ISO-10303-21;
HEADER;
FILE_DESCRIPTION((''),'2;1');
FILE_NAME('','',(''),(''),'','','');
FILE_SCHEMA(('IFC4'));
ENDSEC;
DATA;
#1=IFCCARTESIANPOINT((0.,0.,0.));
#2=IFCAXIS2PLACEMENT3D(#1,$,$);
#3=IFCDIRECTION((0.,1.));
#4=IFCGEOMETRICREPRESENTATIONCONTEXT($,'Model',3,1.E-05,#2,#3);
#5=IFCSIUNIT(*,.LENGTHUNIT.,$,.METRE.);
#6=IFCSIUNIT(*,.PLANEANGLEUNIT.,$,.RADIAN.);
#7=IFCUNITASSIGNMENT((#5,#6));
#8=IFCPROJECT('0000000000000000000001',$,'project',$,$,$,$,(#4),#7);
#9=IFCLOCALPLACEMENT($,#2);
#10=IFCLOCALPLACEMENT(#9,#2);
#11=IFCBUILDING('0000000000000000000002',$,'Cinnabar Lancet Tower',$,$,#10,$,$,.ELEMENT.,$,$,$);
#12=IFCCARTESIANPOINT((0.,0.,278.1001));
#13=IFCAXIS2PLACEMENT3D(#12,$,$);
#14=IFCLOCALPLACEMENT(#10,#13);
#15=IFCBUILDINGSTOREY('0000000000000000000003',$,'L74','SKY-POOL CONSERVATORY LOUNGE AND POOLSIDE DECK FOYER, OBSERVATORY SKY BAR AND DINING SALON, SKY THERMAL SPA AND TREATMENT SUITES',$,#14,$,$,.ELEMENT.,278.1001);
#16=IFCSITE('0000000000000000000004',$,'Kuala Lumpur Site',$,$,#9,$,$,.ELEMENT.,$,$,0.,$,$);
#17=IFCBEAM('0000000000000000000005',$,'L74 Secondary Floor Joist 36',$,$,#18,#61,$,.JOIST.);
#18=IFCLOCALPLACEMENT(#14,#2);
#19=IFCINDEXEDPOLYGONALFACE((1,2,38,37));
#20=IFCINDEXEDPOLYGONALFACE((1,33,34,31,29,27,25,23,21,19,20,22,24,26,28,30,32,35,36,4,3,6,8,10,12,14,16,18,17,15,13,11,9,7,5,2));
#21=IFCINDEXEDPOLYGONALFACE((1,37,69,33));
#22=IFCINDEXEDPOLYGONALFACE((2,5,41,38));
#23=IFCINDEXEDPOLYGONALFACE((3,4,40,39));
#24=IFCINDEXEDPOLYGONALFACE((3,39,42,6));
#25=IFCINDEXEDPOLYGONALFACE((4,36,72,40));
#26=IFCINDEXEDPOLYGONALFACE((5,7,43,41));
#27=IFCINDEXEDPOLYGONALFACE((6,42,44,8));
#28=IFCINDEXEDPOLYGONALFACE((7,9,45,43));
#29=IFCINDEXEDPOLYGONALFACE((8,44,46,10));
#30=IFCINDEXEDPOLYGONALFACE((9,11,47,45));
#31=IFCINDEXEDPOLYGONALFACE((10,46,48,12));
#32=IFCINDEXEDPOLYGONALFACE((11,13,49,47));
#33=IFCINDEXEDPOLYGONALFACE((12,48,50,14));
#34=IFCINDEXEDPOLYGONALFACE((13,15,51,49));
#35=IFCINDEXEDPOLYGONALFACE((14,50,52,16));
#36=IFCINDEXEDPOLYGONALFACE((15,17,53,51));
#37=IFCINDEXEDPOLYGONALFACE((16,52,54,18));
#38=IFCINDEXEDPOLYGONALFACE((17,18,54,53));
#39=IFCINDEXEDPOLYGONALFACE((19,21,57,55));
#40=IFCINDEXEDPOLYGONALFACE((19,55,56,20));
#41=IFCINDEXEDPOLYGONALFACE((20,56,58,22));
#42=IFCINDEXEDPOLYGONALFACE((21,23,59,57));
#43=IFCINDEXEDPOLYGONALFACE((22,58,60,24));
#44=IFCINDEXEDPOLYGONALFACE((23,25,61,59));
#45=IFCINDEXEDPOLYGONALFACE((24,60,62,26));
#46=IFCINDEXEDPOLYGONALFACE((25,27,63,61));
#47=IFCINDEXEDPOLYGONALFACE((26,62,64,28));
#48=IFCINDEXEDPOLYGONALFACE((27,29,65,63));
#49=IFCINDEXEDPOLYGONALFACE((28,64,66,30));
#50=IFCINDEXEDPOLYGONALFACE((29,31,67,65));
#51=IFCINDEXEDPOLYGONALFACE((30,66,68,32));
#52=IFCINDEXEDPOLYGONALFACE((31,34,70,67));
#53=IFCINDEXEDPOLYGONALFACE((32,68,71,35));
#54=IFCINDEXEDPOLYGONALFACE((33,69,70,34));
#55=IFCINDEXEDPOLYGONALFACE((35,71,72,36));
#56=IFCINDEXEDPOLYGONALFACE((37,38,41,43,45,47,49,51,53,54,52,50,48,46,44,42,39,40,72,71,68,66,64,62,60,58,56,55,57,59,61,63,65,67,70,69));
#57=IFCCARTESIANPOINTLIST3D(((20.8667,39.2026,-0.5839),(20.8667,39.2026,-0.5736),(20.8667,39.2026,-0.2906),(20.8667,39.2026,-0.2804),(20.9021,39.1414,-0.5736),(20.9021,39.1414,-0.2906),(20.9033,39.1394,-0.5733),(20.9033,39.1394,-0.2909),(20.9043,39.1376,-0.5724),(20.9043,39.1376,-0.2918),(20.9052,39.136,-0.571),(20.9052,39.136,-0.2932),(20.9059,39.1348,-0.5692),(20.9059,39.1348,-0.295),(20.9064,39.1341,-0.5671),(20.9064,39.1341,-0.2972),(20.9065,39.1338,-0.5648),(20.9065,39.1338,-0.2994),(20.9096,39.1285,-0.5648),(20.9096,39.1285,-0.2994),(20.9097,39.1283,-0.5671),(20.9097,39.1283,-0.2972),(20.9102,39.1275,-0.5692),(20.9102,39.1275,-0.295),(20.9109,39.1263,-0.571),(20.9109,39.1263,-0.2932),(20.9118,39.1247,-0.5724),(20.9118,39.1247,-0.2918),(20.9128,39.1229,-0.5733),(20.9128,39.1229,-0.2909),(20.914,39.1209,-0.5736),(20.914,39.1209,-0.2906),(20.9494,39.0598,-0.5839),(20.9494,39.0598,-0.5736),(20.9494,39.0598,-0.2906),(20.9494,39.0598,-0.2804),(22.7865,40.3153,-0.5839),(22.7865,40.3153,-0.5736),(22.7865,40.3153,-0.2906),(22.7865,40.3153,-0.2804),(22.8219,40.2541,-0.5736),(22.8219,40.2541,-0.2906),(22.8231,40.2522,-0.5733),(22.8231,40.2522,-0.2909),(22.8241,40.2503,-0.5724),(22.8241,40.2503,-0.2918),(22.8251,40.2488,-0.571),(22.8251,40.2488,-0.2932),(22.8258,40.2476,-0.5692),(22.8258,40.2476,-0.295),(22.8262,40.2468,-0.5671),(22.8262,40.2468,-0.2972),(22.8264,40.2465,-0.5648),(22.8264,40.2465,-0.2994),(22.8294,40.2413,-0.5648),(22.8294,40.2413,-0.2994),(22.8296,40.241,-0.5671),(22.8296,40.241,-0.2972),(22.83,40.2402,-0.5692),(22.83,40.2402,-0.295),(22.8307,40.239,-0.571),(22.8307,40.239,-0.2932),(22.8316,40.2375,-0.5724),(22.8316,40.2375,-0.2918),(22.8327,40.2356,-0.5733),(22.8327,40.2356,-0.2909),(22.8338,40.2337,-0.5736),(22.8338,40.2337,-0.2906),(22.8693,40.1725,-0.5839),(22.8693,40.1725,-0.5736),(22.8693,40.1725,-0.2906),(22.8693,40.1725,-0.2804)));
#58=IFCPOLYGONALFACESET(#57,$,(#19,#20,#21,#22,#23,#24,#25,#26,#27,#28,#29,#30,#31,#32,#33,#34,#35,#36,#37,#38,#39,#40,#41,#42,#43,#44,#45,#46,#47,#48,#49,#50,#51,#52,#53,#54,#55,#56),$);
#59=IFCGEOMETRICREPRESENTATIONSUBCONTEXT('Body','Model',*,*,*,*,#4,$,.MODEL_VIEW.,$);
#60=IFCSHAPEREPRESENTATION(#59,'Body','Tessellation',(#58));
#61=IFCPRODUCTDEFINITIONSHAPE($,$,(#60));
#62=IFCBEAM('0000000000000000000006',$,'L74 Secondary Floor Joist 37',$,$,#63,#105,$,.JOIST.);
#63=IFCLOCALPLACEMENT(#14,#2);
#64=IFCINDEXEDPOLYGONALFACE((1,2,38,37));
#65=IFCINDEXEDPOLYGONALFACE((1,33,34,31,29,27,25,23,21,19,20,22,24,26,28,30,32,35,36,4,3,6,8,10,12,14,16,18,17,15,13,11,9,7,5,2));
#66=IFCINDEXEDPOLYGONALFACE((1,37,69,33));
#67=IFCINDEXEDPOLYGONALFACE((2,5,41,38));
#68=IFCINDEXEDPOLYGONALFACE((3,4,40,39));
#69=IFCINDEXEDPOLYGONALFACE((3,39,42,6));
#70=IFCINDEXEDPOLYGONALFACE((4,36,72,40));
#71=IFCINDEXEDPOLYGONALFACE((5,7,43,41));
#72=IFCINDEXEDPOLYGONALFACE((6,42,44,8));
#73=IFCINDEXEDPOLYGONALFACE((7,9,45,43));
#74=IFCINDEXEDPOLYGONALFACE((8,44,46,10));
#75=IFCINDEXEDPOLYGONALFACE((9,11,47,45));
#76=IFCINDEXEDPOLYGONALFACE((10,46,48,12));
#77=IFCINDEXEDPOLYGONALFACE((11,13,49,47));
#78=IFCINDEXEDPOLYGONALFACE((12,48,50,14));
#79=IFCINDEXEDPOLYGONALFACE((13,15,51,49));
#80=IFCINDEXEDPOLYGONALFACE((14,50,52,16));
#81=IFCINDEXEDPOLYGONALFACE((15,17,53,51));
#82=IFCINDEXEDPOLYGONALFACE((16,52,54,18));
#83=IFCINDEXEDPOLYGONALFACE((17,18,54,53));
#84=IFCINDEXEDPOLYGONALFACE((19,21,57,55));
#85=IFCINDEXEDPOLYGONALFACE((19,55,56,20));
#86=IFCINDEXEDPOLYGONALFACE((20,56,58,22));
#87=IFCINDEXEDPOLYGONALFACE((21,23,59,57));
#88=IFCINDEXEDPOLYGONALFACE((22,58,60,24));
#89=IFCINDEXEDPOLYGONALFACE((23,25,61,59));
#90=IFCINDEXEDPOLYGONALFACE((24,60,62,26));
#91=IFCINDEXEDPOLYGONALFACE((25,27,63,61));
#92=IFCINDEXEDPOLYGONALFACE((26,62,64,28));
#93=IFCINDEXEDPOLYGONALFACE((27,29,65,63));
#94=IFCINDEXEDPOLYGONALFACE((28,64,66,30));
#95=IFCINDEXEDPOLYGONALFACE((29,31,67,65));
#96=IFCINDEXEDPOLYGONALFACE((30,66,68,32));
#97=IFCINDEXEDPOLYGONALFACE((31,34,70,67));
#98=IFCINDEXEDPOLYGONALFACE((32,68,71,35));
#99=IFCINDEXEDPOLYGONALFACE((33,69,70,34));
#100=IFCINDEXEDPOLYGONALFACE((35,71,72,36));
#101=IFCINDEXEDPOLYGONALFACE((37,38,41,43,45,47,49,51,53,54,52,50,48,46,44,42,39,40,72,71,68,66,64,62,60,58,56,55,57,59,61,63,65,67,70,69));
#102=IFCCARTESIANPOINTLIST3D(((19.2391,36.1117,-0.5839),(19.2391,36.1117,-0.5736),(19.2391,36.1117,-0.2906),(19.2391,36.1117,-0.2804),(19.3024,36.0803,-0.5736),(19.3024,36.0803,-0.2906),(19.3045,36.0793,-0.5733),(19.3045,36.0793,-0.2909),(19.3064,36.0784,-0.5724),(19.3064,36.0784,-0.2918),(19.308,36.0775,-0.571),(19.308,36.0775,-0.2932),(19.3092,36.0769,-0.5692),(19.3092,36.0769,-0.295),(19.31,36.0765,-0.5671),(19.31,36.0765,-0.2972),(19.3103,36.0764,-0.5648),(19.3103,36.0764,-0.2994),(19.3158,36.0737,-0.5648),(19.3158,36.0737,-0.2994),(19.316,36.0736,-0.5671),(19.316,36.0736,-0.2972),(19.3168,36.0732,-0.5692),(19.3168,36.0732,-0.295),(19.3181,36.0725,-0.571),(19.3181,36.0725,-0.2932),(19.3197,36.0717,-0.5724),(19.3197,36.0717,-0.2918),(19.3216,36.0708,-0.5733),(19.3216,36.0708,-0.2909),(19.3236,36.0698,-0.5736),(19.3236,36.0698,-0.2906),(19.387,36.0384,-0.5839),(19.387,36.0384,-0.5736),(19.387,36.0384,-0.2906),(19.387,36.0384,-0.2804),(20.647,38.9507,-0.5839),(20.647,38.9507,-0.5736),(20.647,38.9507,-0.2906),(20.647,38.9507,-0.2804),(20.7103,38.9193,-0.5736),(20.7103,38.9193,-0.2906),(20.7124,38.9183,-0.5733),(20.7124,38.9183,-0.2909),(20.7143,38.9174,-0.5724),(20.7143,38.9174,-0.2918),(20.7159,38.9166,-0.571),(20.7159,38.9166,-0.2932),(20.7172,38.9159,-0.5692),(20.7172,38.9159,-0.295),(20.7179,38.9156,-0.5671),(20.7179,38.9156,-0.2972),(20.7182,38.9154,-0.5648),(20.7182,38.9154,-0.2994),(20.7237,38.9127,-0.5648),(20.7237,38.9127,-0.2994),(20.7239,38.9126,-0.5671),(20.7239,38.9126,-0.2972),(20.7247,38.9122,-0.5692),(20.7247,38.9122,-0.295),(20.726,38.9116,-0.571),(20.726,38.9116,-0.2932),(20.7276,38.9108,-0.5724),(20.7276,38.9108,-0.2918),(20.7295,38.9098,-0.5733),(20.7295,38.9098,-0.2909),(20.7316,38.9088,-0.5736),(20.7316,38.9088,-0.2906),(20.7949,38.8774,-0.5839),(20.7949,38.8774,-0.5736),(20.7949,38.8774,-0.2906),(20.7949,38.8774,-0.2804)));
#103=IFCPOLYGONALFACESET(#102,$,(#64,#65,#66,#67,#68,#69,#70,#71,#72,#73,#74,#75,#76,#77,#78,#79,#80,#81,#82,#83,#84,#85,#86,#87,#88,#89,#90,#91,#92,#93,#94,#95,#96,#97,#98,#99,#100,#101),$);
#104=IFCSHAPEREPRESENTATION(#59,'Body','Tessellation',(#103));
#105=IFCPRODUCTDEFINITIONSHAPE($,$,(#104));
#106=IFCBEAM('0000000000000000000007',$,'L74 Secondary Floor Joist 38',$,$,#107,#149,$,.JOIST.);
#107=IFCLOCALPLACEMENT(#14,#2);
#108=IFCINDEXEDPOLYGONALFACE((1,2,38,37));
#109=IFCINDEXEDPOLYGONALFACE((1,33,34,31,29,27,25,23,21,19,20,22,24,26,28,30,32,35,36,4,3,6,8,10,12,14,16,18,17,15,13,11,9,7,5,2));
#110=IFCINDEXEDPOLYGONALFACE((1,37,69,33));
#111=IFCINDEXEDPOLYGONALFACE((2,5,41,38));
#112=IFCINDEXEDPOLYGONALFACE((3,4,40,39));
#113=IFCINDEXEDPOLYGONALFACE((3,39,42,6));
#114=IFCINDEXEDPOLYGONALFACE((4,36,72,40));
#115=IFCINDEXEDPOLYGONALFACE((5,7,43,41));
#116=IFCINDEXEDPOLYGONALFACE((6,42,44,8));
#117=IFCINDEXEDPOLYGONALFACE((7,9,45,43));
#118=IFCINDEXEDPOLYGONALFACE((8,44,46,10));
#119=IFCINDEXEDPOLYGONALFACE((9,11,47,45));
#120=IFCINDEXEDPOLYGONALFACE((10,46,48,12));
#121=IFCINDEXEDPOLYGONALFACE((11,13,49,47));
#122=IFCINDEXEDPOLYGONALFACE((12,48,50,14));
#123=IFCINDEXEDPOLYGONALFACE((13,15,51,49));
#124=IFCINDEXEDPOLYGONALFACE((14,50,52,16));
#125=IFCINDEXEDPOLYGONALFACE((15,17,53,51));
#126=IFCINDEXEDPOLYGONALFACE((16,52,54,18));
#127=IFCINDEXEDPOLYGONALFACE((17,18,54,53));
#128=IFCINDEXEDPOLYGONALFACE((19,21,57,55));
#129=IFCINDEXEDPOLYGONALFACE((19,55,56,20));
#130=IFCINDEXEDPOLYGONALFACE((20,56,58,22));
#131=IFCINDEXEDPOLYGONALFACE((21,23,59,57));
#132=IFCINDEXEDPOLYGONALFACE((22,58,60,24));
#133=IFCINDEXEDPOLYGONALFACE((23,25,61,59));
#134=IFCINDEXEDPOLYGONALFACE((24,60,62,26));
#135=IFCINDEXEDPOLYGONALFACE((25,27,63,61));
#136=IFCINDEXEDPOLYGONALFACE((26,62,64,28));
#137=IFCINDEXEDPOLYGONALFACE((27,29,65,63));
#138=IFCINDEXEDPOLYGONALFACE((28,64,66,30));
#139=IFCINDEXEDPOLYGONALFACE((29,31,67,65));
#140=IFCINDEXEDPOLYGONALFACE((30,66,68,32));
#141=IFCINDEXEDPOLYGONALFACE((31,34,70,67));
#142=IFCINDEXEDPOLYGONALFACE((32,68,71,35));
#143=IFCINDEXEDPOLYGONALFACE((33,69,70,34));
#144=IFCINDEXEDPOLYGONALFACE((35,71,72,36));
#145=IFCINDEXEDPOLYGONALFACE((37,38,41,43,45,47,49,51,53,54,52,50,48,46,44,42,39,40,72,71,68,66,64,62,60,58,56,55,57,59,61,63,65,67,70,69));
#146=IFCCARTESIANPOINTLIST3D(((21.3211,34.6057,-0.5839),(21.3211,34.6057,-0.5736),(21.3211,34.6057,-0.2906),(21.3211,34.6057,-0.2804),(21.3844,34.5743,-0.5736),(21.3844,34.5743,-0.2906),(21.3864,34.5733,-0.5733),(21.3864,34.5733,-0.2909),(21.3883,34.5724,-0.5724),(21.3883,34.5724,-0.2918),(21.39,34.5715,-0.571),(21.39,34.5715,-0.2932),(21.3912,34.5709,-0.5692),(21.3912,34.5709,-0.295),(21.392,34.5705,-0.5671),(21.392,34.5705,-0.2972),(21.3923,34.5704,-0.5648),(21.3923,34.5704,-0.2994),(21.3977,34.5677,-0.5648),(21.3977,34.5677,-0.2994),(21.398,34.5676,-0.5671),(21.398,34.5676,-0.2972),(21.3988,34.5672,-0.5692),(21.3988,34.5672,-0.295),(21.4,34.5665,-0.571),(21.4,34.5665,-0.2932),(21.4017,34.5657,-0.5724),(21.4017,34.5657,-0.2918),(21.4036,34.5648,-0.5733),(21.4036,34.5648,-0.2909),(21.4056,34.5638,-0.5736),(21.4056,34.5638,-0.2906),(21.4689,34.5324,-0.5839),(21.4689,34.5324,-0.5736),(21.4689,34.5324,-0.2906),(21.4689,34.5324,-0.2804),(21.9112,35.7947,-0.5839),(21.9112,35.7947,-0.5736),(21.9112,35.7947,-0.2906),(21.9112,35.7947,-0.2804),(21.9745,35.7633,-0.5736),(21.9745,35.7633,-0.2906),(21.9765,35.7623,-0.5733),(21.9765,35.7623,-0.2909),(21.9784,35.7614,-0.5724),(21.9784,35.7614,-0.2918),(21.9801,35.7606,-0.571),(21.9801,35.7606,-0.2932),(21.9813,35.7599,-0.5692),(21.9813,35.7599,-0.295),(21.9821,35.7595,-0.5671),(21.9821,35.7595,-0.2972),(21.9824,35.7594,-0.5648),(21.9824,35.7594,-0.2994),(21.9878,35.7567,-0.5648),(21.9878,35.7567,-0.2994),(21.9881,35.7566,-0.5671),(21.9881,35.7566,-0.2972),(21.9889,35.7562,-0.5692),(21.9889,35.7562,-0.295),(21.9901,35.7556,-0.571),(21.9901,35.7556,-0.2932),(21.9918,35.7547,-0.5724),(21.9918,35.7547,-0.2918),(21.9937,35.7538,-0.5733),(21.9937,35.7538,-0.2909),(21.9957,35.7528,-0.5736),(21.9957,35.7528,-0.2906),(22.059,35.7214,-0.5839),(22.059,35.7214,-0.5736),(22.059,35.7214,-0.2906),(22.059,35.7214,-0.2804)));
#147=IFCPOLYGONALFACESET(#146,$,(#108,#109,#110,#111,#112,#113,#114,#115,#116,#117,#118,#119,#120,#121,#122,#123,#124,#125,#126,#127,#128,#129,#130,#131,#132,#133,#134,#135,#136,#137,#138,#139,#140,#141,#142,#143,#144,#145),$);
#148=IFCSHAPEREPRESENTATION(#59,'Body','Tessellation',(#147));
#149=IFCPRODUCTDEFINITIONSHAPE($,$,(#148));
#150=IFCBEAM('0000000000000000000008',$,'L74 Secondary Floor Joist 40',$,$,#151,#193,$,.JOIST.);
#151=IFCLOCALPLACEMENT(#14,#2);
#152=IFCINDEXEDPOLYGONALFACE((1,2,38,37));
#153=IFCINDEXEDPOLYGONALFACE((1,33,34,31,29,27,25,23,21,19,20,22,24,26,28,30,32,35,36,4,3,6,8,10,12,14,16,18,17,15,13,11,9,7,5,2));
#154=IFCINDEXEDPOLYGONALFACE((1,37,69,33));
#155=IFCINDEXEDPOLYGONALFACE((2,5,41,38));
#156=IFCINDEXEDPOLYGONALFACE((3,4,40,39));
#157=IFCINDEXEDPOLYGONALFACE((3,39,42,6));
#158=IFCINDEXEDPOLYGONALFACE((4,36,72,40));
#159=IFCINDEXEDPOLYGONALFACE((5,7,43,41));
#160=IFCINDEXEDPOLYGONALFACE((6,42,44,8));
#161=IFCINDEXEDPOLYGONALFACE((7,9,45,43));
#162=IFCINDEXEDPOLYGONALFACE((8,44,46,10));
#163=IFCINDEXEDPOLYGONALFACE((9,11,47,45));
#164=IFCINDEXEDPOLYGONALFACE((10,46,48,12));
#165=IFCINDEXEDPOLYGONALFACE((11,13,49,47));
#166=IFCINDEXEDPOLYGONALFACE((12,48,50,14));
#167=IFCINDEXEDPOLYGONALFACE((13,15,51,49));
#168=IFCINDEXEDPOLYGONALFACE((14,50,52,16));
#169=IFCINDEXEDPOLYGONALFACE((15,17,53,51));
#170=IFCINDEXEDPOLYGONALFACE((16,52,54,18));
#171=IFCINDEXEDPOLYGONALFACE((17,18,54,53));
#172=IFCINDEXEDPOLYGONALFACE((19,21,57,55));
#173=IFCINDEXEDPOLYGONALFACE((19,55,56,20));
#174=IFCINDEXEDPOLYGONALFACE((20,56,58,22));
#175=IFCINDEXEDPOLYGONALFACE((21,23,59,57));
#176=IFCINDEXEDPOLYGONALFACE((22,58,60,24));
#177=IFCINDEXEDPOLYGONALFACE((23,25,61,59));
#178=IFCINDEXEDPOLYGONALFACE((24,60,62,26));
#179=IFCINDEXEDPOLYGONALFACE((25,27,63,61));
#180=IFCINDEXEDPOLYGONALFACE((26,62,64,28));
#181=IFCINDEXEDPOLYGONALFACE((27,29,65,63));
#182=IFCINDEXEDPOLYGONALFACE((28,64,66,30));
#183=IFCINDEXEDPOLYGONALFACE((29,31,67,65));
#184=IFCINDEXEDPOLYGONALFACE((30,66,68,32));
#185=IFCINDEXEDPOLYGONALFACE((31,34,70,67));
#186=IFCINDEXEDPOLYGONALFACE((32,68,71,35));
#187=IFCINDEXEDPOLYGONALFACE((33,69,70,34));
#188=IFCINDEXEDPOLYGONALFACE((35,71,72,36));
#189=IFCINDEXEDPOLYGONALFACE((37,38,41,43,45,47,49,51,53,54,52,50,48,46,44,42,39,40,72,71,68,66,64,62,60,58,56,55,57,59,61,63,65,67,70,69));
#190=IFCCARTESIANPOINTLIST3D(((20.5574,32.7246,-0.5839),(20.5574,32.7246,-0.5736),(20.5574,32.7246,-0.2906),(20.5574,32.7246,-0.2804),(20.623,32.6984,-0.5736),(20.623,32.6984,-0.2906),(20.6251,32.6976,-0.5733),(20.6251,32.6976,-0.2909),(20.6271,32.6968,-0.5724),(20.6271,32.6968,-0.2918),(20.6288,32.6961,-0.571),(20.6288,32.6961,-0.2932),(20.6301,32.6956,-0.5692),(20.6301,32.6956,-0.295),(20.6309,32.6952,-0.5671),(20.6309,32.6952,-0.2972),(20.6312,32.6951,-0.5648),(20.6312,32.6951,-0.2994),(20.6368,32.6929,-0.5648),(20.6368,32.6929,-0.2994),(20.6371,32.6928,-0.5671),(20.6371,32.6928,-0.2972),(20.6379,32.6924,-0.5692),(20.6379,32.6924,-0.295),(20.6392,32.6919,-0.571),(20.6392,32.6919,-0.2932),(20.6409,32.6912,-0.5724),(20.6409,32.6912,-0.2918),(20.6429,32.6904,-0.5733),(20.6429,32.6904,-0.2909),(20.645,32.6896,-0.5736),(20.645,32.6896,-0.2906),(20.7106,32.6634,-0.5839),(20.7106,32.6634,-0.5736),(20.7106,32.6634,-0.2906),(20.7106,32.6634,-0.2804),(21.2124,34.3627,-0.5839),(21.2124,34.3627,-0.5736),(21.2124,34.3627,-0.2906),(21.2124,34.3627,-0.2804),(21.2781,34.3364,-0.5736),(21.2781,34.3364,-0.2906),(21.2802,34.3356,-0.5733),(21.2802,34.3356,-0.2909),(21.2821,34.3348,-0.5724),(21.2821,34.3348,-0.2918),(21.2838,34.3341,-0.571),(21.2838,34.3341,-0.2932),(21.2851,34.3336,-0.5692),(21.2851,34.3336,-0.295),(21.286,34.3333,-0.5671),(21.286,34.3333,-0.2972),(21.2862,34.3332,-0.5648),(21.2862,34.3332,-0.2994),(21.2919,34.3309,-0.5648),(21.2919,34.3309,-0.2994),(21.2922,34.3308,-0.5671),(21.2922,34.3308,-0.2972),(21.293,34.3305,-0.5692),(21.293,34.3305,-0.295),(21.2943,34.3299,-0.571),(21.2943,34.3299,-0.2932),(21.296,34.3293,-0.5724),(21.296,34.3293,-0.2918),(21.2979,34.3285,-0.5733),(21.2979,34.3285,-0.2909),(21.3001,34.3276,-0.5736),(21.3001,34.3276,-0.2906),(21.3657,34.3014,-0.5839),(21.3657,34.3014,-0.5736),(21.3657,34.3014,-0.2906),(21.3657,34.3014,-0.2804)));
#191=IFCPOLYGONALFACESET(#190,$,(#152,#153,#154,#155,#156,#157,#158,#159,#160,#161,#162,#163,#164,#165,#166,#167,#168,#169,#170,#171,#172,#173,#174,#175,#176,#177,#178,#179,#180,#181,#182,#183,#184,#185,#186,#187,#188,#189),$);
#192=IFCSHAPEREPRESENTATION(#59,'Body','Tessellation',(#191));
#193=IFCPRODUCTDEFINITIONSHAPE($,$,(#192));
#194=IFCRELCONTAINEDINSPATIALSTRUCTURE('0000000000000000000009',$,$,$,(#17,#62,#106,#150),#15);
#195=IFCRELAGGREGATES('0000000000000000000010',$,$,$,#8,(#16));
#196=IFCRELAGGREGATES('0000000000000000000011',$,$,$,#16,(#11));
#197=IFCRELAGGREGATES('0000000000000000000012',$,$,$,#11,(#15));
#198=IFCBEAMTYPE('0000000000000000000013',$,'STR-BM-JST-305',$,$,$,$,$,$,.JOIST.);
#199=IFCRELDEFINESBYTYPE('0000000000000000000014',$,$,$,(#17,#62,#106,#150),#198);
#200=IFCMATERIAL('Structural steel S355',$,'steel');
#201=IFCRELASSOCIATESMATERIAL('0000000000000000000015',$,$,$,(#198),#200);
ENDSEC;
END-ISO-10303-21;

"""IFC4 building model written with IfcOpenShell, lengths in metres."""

from ifc_helpers import new_model, si_unit, direction, frame, origin, origin_2d, place, context, subcontext, project, spatial, i_section, extrude, material, material_profile, profile_set, type_object, element, save


model = new_model("IFC4")

# Units and contexts
model_context = context("Model", 3, precision=1e-05, world=origin(), true_north=direction((0.0, 1.0)))
body_context = subcontext(model_context, "Body", "Model", "MODEL_VIEW")
ifc_project = project(units=[si_unit("LENGTHUNIT", "METRE"), si_unit("PLANEANGLEUNIT", "RADIAN")], contexts=[model_context])

# Site, building, storey
site_placement = place(None, origin())
site = spatial("IfcSite", under=ifc_project, at=site_placement, Name="Kuala Lumpur Site", CompositionType="ELEMENT", RefElevation=0.0)
building_placement = place(site_placement, origin())
building = spatial("IfcBuilding", under=site, at=building_placement, Name="Cinnabar Lancet Tower", CompositionType="ELEMENT")
storey_placement = place(building_placement, frame((0.0, 0.0, 278.1001)))
storey = spatial("IfcBuildingStorey", under=building, at=storey_placement, Name="L74", Description="SKY-POOL CONSERVATORY LOUNGE AND POOLSIDE DECK FOYER, OBSERVATORY SKY BAR AND DINING SALON, SKY THERMAL SPA AND TREATMENT SUITES", CompositionType="ELEMENT", Elevation=278.1001)

# Beams
ifc_material_1 = material(Name="Structural steel S355", Category="steel")
ifc_material_profile_1 = material_profile(ifc_material_1, i_section(OverallWidth=0.165, OverallDepth=0.3035, WebThickness=0.0061, FlangeThickness=0.0103, FilletRadius=0.0088, at=origin_2d()), Name="UKB 305x165x40")
ifc_profile_set_1 = profile_set([ifc_material_profile_1], Name="Structural steel S355")
beam_type_1 = type_object("IfcBeamType", Name="STR-BM-JST-305", PredefinedType="JOIST", material=ifc_profile_set_1)
beam_1_placement = place(storey_placement, frame((22.8279, 40.2439, -0.4321), z_axis=(-0.86518, -0.501461, 0.0), x_axis=(0.501461, -0.86518, 0.0)))
element("IfcBeam", 1, at=beam_1_placement, inside=storey, type_object=beam_type_1, Name="L74 Secondary Floor Joist 36", PredefinedType="JOIST", context=body_context, shape_type="SweptSolid", body=[
    extrude(i_section(OverallWidth=0.165, OverallDepth=0.3035, WebThickness=0.0061, FlangeThickness=0.0103, FilletRadius=0.0088, at=origin_2d()), origin(), (0.0, 0.0, 1.0), 2.219),
])
beam_2_placement = place(storey_placement, frame((20.7209, 38.9141, -0.4321), z_axis=(-0.444284, -0.895886, 0.0), x_axis=(0.895886, -0.444284, 0.0)))
element("IfcBeam", 2, at=beam_2_placement, inside=storey, type_object=beam_type_1, Name="L74 Secondary Floor Joist 37", PredefinedType="JOIST", context=body_context, shape_type="SweptSolid", body=[
    extrude(i_section(OverallWidth=0.165, OverallDepth=0.3035, WebThickness=0.0061, FlangeThickness=0.0103, FilletRadius=0.0088, at=origin_2d()), origin(), (0.0, 0.0, 1.0), 3.1689),
])
beam_3_placement = place(storey_placement, frame((21.9851, 35.7581, -0.4321), z_axis=(-0.444563, -0.895748, 0.0), x_axis=(0.895748, -0.444563, 0.0)))
element("IfcBeam", 3, at=beam_3_placement, inside=storey, type_object=beam_type_1, Name="L74 Secondary Floor Joist 38", PredefinedType="JOIST", context=body_context, shape_type="SweptSolid", body=[
    extrude(i_section(OverallWidth=0.165, OverallDepth=0.3035, WebThickness=0.0061, FlangeThickness=0.0103, FilletRadius=0.0088, at=origin_2d()), origin(), (0.0, 0.0, 1.0), 1.3274),
])
beam_4_placement = place(storey_placement, frame((21.2891, 34.332, -0.4321), z_axis=(-0.371319, -0.928505, 0.0), x_axis=(0.928505, -0.371319, 0.0)))
element("IfcBeam", 4, at=beam_4_placement, inside=storey, type_object=beam_type_1, Name="L74 Secondary Floor Joist 40", PredefinedType="JOIST", context=body_context, shape_type="SweptSolid", body=[
    extrude(i_section(OverallWidth=0.165, OverallDepth=0.3035, WebThickness=0.0061, FlangeThickness=0.0103, FilletRadius=0.0088, at=origin_2d()), origin(), (0.0, 0.0, 1.0), 1.7642),
])

save(model, "model.ifc")
